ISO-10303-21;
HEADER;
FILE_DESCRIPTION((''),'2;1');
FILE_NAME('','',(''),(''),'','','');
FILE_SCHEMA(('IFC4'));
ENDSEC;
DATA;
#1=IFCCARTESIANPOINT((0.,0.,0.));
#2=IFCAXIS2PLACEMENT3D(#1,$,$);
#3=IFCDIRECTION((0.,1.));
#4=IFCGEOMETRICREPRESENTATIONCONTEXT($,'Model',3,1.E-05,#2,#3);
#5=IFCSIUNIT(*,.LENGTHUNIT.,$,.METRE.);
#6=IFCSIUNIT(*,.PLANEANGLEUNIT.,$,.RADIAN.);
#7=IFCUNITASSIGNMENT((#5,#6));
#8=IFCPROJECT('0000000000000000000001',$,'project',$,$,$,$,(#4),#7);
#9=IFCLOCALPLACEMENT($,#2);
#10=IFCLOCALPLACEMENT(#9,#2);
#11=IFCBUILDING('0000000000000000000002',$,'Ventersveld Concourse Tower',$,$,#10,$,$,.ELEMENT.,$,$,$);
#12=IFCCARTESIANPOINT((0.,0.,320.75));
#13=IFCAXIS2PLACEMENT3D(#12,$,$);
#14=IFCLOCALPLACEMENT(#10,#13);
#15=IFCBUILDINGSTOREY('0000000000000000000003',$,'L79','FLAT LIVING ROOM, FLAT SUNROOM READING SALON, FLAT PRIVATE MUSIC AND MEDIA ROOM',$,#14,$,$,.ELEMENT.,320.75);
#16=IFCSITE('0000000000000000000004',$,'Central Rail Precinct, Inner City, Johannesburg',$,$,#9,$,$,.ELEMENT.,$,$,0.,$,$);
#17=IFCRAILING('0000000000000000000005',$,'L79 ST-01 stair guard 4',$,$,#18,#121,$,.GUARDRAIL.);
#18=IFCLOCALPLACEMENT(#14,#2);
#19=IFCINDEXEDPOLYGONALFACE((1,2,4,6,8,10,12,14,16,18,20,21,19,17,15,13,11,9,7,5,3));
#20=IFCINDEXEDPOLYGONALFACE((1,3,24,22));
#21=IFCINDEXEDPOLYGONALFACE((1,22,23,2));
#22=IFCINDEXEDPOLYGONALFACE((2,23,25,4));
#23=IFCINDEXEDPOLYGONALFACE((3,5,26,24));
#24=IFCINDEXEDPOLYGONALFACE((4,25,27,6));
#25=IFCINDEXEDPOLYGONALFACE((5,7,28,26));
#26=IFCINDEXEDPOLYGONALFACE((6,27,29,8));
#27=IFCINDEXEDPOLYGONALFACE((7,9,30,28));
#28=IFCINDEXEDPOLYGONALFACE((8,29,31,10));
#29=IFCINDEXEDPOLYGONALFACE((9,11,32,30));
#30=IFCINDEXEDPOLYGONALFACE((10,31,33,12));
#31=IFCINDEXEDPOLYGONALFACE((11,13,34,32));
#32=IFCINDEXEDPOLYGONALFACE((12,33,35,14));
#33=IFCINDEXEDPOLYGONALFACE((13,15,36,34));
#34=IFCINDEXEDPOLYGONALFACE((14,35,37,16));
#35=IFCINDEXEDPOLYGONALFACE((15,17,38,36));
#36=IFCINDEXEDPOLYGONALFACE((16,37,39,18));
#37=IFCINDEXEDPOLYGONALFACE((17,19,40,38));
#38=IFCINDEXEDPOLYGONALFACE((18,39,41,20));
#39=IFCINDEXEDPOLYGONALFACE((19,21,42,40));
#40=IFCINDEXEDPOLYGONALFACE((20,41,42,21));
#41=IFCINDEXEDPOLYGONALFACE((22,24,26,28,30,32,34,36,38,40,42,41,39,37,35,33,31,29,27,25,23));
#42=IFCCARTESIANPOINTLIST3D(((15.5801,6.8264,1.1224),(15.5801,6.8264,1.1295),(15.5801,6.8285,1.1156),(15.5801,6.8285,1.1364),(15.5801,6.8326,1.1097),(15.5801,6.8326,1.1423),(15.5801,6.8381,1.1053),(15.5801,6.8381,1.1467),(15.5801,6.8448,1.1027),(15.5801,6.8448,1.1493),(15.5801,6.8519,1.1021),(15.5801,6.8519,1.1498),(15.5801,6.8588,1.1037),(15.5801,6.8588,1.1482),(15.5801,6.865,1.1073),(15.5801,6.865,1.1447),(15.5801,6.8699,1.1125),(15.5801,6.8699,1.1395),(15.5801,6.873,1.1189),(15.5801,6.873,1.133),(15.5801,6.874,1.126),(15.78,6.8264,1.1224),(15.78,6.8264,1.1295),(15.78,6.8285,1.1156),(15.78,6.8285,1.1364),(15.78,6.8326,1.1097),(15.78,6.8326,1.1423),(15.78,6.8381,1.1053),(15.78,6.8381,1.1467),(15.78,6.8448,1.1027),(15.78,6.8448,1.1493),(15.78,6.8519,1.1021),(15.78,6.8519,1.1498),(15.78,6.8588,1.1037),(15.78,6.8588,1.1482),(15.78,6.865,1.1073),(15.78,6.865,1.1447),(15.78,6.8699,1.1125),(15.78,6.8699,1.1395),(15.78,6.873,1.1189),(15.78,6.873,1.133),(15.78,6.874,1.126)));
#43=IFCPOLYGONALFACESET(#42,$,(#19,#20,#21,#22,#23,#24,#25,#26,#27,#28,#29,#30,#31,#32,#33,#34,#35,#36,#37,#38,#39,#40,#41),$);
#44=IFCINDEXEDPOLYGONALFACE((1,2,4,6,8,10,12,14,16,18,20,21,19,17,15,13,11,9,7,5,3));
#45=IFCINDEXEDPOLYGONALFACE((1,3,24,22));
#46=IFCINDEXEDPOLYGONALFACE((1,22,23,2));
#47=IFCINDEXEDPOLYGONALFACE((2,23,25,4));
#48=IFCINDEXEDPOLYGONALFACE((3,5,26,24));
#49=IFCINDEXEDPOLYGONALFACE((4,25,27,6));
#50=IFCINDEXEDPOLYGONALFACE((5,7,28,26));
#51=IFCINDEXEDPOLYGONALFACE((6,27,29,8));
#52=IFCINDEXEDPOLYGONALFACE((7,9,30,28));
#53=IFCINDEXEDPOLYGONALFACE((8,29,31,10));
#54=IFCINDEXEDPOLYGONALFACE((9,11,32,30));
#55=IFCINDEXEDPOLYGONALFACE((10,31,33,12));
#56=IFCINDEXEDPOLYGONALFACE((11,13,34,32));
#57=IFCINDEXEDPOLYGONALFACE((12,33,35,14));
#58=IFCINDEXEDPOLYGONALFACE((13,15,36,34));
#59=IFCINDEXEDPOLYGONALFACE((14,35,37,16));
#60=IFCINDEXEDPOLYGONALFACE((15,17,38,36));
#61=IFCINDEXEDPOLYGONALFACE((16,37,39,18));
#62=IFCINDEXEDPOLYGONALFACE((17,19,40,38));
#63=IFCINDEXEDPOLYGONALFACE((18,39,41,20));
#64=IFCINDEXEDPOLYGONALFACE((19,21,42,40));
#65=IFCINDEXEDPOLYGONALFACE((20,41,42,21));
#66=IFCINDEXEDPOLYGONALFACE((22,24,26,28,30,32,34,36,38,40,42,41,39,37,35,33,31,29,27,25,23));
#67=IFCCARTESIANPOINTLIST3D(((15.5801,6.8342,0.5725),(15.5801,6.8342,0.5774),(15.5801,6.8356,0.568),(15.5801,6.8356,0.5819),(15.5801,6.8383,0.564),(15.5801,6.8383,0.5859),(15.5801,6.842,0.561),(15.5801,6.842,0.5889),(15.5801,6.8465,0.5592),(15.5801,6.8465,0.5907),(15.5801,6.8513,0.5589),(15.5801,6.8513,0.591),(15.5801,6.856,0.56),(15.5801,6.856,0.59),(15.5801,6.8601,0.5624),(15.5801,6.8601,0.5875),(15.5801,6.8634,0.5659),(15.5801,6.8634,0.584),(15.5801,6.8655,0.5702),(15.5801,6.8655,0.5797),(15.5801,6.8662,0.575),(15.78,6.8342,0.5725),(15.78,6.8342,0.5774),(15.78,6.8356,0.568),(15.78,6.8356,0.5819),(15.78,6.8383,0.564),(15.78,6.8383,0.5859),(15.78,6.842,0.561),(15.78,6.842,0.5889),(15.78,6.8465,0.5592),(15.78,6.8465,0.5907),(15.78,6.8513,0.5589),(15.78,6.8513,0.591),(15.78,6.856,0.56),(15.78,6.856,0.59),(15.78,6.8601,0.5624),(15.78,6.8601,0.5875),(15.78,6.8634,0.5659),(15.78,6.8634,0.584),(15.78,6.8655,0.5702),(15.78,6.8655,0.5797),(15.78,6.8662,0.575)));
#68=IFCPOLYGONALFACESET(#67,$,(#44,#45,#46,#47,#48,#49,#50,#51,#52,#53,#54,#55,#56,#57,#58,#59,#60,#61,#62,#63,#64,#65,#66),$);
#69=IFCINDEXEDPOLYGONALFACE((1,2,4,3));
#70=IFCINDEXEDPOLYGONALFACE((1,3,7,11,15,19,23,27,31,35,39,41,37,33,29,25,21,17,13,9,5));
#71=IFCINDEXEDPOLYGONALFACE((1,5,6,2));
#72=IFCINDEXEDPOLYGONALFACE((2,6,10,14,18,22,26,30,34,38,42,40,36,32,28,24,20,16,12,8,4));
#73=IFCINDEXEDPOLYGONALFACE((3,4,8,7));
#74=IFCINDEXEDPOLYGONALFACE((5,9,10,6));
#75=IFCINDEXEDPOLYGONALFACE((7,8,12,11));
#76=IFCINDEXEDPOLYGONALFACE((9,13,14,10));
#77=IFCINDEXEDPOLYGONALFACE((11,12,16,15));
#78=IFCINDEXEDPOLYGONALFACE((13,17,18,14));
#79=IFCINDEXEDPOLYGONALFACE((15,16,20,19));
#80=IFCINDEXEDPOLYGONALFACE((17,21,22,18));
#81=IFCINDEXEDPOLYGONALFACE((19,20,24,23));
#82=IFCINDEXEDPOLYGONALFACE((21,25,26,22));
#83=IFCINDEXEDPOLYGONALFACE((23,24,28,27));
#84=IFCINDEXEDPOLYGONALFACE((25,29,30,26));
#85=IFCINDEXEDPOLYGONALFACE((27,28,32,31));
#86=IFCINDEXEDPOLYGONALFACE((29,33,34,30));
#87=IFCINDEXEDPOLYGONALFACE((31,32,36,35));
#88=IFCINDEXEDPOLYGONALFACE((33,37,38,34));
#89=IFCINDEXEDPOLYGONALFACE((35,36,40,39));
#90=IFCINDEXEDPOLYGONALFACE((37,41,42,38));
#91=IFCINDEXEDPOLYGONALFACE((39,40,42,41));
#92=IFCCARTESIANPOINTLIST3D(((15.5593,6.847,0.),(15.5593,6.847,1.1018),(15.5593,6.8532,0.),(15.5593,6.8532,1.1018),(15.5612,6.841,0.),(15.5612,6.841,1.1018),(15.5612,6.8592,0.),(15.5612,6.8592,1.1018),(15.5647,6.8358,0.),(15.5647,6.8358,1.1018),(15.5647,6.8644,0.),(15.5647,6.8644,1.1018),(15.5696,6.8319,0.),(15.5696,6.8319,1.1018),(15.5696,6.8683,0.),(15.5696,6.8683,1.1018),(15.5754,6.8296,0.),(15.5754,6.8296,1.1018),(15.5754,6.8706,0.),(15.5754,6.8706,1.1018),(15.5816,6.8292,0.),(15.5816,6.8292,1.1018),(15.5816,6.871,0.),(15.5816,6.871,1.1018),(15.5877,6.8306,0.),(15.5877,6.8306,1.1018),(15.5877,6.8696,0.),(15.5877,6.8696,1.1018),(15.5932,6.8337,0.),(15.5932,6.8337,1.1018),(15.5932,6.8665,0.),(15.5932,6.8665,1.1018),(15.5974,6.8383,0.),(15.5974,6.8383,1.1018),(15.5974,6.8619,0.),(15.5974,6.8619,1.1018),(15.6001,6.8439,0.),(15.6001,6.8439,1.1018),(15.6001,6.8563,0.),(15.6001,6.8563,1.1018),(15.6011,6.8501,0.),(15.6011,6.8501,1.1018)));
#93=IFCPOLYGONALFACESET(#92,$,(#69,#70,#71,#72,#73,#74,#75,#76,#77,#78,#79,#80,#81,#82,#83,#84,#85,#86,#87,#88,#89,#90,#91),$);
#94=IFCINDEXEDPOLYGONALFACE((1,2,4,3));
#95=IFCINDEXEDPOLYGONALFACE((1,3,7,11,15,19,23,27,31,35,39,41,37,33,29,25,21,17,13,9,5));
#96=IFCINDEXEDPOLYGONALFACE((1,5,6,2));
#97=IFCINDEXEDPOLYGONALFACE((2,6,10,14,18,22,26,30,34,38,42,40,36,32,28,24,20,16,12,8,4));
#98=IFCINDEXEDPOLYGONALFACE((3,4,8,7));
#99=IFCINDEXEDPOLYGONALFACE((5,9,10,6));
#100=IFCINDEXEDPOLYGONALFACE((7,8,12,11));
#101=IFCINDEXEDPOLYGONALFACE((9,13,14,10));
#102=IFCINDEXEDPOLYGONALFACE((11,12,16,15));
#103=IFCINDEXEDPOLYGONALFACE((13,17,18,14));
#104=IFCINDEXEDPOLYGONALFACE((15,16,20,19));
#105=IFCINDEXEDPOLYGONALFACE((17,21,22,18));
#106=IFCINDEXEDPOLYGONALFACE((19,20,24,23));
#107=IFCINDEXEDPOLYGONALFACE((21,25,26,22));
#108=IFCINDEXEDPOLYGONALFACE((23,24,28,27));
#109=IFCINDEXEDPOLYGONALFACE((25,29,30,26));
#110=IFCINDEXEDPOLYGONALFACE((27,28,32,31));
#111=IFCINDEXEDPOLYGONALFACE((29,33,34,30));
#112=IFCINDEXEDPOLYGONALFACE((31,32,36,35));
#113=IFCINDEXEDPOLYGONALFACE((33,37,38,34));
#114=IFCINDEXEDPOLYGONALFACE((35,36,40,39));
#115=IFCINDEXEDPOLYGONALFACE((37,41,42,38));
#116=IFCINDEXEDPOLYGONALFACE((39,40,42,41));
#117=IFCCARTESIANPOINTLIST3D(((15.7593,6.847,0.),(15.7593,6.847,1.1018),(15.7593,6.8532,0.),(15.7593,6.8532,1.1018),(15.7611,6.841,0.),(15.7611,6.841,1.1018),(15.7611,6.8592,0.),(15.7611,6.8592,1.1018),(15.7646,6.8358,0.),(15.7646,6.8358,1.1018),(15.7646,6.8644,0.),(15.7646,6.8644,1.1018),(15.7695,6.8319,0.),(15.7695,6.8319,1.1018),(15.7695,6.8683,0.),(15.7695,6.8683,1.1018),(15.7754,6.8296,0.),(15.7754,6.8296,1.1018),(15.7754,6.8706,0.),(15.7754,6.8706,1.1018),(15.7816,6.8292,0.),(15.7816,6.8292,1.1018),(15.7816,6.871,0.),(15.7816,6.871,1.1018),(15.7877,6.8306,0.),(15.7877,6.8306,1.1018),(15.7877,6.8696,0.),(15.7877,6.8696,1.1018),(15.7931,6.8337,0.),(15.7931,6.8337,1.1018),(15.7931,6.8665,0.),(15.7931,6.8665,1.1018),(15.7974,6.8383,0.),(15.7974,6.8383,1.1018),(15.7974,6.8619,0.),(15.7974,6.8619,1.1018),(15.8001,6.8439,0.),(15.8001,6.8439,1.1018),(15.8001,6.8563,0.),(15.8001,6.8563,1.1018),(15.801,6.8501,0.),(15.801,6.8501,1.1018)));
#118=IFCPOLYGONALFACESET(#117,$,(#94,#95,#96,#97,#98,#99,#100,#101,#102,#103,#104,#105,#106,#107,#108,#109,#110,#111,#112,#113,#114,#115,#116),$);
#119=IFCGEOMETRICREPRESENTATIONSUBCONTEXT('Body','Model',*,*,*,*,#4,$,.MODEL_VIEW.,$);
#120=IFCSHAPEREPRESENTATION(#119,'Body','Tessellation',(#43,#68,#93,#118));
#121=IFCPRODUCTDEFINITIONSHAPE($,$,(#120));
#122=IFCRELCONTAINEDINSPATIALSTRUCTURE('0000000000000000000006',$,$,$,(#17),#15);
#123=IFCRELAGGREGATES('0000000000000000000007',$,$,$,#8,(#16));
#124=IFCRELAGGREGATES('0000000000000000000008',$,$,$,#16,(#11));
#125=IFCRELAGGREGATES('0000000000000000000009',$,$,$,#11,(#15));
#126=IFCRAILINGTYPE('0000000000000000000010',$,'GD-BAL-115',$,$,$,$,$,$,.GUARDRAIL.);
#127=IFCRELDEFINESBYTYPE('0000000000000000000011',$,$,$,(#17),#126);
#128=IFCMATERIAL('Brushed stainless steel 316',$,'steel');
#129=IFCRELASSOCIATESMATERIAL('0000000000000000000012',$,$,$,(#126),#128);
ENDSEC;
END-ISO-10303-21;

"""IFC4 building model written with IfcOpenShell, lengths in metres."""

from ifc_helpers import new_model, si_unit, direction, frame, origin, origin_2d, place, context, subcontext, project, spatial, circle, extrude, material, type_object, element, save


model = new_model("IFC4")

# Units and contexts
model_context = context("Model", 3, precision=1e-05, world=origin(), true_north=direction((0.0, 1.0)))
body_context = subcontext(model_context, "Body", "Model", "MODEL_VIEW")
ifc_project = project(units=[si_unit("LENGTHUNIT", "METRE"), si_unit("PLANEANGLEUNIT", "RADIAN")], contexts=[model_context])

# Site, building, storey
site_placement = place(None, origin())
site = spatial("IfcSite", under=ifc_project, at=site_placement, Name="Central Rail Precinct, Inner City, Johannesburg", CompositionType="ELEMENT", RefElevation=0.0)
building_placement = place(site_placement, origin())
building = spatial("IfcBuilding", under=site, at=building_placement, Name="Ventersveld Concourse Tower", CompositionType="ELEMENT")
storey_placement = place(building_placement, frame((0.0, 0.0, 320.75)))
storey = spatial("IfcBuildingStorey", under=building, at=storey_placement, Name="L79", Description="FLAT LIVING ROOM, FLAT SUNROOM READING SALON, FLAT PRIVATE MUSIC AND MEDIA ROOM", CompositionType="ELEMENT", Elevation=320.75)

# Shared definitions
ifc_material_1 = material(Name="Brushed stainless steel 316", Category="steel")

# Railing
railing_type_1 = type_object("IfcRailingType", Name="GD-BAL-115", PredefinedType="GUARDRAIL", material=ifc_material_1)
railing_1_placement = place(storey_placement, frame((15.5801, 6.8501, 0.0)))
element("IfcRailing", 1, at=railing_1_placement, inside=storey, type_object=railing_type_1, Name="L79 ST-01 stair guard 4", PredefinedType="GUARDRAIL", context=body_context, shape_type="SweptSolid", body=[
    extrude(circle(Radius=0.0239, at=origin_2d()), frame((0.0, 0.0, 1.126), z_axis=(1.0, 0.0, 0.0), x_axis=(0.0, 1.0, 0.0)), (0.0, 0.0, 1.0), 0.2),
    extrude(circle(Radius=0.0161, at=origin_2d()), frame((0.0, 0.0, 0.575), z_axis=(1.0, 0.0, 0.0), x_axis=(0.0, 1.0, 0.0)), (0.0, 0.0, 1.0), 0.2),
    extrude(circle(Radius=0.021, at=origin_2d()), origin(), (0.0, 0.0, 1.0), 1.1018),
    extrude(circle(Radius=0.021, at=origin_2d()), frame((0.2, 0.0, 0.0)), (0.0, 0.0, 1.0), 1.1018),
])

save(model, "model.ifc")
